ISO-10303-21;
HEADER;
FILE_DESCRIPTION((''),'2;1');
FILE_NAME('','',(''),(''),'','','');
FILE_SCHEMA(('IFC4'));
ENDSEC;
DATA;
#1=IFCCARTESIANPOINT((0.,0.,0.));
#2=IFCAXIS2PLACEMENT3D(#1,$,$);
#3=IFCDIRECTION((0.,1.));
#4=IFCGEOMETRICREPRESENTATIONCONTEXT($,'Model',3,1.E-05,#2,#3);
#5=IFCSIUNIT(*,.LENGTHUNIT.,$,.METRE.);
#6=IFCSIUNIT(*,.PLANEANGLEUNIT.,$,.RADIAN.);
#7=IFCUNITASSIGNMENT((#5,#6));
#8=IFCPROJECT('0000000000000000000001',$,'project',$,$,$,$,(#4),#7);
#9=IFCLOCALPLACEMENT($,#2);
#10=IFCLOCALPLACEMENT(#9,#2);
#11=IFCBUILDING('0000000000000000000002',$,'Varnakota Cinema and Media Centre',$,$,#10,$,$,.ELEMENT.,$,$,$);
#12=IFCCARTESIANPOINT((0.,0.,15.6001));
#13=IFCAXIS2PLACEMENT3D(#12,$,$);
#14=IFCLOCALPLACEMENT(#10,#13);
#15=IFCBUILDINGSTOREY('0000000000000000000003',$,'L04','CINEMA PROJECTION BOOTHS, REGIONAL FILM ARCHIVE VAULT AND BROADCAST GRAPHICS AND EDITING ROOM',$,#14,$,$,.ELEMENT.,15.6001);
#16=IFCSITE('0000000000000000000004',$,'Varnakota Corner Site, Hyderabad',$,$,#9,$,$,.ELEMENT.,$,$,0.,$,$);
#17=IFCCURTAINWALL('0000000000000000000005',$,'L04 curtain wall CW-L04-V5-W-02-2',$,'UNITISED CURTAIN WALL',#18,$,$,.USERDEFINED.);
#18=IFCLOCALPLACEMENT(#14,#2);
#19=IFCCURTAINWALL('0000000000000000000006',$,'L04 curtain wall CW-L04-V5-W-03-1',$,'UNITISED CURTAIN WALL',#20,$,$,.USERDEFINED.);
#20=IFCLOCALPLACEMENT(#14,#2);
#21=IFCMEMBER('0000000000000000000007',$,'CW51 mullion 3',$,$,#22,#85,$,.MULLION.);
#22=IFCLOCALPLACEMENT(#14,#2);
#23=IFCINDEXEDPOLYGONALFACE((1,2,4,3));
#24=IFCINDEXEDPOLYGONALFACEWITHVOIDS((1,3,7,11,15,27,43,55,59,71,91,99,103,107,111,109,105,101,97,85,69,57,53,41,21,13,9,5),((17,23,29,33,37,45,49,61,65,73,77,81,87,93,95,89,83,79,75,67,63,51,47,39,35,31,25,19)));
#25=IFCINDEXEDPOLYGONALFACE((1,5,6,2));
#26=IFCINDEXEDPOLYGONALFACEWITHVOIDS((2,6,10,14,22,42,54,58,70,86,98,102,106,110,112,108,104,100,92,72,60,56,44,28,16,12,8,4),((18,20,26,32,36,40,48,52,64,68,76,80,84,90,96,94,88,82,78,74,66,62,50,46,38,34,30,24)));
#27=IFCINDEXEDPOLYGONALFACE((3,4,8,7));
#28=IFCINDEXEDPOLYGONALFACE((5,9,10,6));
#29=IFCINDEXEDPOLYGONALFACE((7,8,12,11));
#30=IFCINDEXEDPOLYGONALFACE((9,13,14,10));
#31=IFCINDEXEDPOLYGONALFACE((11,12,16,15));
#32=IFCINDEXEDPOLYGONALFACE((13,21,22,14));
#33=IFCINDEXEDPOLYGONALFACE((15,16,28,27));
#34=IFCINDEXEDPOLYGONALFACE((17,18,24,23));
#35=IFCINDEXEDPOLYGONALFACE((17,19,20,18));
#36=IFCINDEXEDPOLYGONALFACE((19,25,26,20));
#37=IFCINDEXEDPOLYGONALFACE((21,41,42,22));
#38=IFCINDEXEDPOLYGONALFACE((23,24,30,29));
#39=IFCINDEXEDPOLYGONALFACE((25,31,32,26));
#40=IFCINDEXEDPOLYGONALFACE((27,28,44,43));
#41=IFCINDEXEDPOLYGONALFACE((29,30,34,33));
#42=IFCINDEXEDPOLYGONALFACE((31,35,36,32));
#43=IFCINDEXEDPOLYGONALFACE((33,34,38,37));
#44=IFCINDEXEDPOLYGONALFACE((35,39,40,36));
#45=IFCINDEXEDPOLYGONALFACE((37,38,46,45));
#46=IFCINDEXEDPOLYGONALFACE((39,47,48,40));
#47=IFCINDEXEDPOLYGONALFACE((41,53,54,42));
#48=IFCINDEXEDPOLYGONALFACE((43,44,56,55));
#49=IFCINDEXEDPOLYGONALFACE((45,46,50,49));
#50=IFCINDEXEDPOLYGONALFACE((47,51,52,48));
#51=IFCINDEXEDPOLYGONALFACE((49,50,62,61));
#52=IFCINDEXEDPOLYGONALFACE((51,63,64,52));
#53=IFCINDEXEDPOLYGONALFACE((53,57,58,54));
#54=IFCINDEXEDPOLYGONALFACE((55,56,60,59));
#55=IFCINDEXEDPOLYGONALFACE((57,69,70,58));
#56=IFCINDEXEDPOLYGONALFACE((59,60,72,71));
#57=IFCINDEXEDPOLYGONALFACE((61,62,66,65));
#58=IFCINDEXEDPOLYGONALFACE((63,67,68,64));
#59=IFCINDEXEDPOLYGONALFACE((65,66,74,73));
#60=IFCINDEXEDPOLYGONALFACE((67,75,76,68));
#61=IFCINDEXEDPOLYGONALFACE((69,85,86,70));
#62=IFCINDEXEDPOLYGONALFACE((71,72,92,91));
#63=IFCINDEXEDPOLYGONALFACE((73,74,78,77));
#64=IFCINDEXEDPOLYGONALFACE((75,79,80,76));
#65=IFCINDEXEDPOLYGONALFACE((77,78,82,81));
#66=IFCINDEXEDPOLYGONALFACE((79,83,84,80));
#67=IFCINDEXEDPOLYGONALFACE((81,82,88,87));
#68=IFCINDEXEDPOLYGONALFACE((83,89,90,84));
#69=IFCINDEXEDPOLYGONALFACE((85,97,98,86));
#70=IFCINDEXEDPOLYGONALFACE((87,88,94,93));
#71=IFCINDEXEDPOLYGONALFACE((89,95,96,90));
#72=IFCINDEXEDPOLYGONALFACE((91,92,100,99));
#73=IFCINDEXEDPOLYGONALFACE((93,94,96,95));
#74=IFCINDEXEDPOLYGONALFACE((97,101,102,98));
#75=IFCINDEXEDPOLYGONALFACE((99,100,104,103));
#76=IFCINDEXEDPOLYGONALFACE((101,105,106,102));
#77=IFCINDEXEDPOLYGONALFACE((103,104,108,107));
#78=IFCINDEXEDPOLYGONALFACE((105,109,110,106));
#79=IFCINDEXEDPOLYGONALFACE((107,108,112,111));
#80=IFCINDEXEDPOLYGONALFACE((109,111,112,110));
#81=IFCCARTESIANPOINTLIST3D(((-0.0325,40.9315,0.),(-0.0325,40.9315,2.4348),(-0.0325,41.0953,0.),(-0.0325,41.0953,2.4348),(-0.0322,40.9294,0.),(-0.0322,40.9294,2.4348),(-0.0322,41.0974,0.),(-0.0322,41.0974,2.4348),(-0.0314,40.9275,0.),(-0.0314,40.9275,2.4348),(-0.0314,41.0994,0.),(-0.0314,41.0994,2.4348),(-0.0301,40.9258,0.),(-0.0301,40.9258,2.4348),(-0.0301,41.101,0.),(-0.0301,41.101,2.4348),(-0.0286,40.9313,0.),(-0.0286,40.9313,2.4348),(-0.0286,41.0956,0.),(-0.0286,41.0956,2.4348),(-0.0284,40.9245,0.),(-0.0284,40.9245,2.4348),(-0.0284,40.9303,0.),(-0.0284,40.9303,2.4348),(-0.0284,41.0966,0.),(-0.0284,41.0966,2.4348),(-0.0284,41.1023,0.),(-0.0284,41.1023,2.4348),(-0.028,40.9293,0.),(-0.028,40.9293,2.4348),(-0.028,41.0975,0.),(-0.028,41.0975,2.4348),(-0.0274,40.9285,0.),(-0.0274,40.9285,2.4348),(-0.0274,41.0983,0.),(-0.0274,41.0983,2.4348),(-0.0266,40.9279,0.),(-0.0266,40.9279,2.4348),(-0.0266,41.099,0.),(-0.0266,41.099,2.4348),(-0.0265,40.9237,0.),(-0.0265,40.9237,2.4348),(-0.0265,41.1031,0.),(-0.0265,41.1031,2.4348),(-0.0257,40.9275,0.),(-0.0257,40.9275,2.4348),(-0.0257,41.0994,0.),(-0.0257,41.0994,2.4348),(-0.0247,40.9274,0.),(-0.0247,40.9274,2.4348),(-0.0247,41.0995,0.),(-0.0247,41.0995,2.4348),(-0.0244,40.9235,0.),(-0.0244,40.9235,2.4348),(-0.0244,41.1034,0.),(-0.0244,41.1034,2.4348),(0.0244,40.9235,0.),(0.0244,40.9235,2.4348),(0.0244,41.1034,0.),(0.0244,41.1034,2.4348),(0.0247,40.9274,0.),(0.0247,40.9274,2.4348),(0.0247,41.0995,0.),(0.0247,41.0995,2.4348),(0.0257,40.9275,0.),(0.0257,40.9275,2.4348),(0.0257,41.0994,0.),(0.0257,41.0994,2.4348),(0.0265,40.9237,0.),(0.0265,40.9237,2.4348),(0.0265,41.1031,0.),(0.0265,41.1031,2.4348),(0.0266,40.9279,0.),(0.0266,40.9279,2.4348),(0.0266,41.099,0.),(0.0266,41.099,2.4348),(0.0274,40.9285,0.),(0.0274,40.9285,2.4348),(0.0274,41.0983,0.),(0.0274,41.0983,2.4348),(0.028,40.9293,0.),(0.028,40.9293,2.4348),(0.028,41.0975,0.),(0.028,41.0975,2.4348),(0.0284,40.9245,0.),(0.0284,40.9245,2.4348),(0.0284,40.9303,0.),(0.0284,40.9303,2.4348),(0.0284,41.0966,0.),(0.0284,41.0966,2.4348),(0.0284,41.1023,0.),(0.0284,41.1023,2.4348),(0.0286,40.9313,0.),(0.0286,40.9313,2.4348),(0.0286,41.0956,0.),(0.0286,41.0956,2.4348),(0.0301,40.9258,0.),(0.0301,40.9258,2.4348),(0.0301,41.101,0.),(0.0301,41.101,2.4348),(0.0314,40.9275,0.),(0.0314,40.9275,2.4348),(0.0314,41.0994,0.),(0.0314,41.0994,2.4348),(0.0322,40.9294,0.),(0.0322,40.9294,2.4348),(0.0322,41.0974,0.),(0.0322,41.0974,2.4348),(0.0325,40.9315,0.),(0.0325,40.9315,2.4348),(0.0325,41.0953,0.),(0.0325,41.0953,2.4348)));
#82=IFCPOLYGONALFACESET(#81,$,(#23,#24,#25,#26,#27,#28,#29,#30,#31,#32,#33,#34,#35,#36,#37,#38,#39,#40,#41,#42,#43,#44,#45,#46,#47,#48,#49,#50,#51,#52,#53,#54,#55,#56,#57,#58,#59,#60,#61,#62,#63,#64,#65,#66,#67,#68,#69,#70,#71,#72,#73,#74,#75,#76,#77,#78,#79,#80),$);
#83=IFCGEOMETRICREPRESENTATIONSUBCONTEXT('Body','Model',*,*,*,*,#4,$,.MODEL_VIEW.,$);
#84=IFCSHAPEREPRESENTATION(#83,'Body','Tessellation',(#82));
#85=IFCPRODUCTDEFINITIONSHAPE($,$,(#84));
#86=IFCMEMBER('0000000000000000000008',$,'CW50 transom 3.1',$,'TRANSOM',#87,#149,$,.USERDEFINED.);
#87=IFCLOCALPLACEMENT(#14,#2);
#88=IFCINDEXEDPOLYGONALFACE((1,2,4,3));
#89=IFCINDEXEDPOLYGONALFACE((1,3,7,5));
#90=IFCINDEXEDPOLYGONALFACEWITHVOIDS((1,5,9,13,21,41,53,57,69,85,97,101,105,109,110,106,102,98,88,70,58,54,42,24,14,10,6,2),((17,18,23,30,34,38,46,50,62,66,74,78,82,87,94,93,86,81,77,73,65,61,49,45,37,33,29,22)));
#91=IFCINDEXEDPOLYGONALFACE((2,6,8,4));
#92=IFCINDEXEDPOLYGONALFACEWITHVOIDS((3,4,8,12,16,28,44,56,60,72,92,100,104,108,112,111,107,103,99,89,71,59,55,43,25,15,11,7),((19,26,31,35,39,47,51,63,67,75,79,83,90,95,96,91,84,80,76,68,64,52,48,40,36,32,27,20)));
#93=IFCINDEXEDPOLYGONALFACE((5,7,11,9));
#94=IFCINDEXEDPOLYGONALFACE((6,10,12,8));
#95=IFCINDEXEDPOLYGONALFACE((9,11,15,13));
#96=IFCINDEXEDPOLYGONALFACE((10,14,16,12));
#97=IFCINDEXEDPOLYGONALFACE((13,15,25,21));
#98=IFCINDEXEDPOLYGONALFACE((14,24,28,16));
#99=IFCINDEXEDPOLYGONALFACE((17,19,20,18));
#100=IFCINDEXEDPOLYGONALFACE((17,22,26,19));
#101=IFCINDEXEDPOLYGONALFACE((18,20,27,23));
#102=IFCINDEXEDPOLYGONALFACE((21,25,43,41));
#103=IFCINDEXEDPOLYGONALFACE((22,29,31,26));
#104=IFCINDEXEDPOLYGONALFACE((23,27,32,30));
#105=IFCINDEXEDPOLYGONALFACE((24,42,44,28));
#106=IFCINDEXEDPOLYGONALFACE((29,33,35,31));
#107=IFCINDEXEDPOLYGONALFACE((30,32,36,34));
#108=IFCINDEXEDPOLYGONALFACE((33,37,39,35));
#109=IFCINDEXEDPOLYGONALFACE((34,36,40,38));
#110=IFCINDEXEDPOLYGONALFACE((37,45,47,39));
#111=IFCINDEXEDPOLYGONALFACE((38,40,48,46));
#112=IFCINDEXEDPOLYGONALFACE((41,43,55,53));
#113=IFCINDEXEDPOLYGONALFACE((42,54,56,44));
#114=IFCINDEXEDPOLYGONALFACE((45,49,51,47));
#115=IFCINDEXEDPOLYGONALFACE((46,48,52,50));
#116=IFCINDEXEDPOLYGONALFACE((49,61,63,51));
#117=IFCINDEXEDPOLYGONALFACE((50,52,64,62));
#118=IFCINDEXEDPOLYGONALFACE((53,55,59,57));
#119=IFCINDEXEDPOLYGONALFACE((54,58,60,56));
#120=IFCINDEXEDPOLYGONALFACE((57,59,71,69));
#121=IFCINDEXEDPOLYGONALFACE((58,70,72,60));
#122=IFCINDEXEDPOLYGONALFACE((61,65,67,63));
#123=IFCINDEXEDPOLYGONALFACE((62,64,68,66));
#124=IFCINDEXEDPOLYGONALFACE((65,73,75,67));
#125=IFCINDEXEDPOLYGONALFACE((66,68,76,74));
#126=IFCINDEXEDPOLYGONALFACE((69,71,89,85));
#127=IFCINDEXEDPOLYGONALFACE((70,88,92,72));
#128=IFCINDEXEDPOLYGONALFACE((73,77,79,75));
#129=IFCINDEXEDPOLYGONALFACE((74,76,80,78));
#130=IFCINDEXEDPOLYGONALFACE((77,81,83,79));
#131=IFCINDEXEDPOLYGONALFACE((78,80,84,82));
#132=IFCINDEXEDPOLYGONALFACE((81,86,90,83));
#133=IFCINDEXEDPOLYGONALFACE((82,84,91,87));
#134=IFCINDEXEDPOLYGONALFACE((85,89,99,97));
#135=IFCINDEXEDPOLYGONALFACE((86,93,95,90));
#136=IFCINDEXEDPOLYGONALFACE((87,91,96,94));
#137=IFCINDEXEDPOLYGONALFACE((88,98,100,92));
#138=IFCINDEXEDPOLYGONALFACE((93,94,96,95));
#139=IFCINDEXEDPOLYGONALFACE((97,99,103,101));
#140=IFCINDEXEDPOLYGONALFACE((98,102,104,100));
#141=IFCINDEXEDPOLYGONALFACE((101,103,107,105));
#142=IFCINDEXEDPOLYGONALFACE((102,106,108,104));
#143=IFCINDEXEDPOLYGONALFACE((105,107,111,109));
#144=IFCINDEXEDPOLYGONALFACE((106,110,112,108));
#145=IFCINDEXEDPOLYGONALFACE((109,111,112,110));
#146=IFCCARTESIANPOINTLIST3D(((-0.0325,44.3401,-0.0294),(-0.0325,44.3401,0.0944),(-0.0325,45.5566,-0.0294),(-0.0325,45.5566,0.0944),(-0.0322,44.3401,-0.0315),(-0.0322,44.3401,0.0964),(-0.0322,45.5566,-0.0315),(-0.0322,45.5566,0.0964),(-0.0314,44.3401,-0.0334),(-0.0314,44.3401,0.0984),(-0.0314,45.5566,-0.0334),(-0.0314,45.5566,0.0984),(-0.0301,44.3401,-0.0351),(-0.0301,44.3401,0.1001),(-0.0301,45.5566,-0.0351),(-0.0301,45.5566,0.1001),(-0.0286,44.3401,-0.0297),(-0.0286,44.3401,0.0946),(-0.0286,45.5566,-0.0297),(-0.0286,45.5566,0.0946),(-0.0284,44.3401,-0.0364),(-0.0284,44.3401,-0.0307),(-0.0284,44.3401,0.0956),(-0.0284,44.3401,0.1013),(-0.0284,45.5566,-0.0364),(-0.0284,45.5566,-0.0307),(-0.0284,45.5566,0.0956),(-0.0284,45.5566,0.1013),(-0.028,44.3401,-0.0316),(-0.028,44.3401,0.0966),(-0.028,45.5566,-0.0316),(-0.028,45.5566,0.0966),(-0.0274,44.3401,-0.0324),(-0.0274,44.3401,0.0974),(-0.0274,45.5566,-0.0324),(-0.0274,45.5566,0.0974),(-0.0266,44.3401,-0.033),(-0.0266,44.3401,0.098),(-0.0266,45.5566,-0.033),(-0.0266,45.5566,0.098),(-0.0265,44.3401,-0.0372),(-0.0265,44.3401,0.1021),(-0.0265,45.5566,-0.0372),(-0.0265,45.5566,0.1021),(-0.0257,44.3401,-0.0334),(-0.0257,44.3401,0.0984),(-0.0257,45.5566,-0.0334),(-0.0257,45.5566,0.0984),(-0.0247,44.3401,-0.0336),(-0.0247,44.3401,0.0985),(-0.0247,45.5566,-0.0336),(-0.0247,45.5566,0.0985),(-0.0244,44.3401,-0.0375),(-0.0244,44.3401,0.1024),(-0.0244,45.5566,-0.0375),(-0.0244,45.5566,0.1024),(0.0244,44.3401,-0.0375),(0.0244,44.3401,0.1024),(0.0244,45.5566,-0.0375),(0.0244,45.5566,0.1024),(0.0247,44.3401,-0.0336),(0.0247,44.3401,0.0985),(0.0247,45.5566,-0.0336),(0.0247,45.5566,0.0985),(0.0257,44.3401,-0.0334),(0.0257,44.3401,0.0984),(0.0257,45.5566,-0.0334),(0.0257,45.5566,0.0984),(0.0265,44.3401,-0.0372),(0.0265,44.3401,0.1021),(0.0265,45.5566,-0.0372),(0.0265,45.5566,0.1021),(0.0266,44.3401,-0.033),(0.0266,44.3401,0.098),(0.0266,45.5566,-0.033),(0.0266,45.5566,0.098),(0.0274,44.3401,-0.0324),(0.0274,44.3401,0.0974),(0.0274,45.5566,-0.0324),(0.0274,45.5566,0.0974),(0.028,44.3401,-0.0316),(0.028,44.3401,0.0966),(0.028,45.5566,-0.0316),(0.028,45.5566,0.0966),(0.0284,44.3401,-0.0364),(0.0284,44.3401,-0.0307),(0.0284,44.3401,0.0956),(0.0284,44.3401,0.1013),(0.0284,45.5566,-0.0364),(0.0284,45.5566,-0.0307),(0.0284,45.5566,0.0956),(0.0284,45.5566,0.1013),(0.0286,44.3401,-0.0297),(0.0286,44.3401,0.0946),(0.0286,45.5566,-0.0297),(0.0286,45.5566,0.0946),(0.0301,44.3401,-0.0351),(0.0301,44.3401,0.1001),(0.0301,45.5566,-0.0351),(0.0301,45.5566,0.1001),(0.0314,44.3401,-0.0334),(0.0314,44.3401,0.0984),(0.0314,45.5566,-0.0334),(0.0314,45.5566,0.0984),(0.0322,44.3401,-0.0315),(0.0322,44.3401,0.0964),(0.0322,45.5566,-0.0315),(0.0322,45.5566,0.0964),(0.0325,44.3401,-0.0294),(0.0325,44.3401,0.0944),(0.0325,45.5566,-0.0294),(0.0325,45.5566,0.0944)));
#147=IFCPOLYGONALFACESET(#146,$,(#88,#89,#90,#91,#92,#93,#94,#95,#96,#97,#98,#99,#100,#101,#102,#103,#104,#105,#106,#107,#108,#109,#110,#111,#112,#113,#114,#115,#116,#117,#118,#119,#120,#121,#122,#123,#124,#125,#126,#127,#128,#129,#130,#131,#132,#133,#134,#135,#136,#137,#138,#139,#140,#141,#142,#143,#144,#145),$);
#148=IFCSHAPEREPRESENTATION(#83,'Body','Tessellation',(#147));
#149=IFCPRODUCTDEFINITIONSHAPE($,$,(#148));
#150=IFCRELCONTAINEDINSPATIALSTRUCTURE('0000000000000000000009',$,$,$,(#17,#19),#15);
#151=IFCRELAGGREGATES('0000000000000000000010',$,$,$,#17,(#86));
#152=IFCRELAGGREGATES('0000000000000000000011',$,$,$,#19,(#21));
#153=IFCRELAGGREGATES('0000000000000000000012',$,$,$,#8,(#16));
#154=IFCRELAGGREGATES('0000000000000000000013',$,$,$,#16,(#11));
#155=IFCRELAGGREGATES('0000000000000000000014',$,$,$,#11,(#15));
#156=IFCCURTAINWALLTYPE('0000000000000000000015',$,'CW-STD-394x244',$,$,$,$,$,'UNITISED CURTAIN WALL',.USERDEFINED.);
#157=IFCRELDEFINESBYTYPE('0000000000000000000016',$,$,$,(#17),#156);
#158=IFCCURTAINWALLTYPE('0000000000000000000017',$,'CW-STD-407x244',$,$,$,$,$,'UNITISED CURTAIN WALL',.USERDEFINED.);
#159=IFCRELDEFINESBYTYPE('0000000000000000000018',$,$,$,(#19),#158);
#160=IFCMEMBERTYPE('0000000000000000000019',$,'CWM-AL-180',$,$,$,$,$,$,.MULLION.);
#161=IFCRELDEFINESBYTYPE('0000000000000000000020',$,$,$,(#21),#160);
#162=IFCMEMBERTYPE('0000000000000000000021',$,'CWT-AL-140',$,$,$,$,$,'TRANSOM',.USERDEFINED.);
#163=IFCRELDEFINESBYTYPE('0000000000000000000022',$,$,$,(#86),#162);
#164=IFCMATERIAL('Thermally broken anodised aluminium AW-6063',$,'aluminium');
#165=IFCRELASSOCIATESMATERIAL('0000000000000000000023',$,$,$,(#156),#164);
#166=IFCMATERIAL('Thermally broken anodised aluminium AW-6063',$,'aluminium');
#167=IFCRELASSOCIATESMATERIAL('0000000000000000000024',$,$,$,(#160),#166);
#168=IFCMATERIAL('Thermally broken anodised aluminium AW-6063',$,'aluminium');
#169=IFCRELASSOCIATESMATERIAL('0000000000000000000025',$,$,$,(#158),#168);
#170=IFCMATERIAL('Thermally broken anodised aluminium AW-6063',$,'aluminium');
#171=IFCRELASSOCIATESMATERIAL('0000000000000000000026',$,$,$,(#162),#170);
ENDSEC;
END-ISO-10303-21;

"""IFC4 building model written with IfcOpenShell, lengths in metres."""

from ifc_helpers import new_model, si_unit, direction, frame, origin, origin_2d, place, context, subcontext, project, spatial, hollow_rectangle, extrude, material, material_profile, profile_set, type_object, element, aggregate, save


model = new_model("IFC4")

# Units and contexts
model_context = context("Model", 3, precision=1e-05, world=origin(), true_north=direction((0.0, 1.0)))
body_context = subcontext(model_context, "Body", "Model", "MODEL_VIEW")
ifc_project = project(units=[si_unit("LENGTHUNIT", "METRE"), si_unit("PLANEANGLEUNIT", "RADIAN")], contexts=[model_context])

# Site, building, storey
site_placement = place(None, origin())
site = spatial("IfcSite", under=ifc_project, at=site_placement, Name="Varnakota Corner Site, Hyderabad", CompositionType="ELEMENT", RefElevation=0.0)
building_placement = place(site_placement, origin())
building = spatial("IfcBuilding", under=site, at=building_placement, Name="Varnakota Cinema and Media Centre", CompositionType="ELEMENT")
storey_placement = place(building_placement, frame((0.0, 0.0, 15.6001)))
storey = spatial("IfcBuildingStorey", under=building, at=storey_placement, Name="L04", Description="CINEMA PROJECTION BOOTHS, REGIONAL FILM ARCHIVE VAULT AND BROADCAST GRAPHICS AND EDITING ROOM", CompositionType="ELEMENT", Elevation=15.6001)

# Curtain walls, member
ifc_material_1 = material(Name="Thermally broken anodised aluminium AW-6063", Category="aluminium")
curtain_wall_type_1 = type_object("IfcCurtainWallType", Name="CW-STD-394x244", ElementType="UNITISED CURTAIN WALL", PredefinedType="USERDEFINED", material=ifc_material_1)
curtain_wall_1_placement = place(storey_placement, origin())
curtain_wall_1 = element("IfcCurtainWall", 1, at=curtain_wall_1_placement, inside=storey, type_object=curtain_wall_type_1, Name="L04 curtain wall CW-L04-V5-W-02-2", ObjectType="UNITISED CURTAIN WALL", PredefinedType="USERDEFINED")
ifc_material_2 = material(Name="Thermally broken anodised aluminium AW-6063", Category="aluminium")
ifc_material_profile_1 = material_profile(ifc_material_2, hollow_rectangle(XDim=0.0649, YDim=0.1799, WallThickness=0.0039, InnerFilletRadius=0.0039, OuterFilletRadius=0.0081, at=origin_2d()), Name="AL-MULLION 180x65x4")
ifc_profile_set_1 = profile_set([ifc_material_profile_1], Name="Thermally broken anodised aluminium AW-6063")
member_type_1 = type_object("IfcMemberType", Name="CWM-AL-180", PredefinedType="MULLION", material=ifc_profile_set_1)
ifc_material_3 = material(Name="Thermally broken anodised aluminium AW-6063", Category="aluminium")
curtain_wall_type_2 = type_object("IfcCurtainWallType", Name="CW-STD-407x244", ElementType="UNITISED CURTAIN WALL", PredefinedType="USERDEFINED", material=ifc_material_3)
curtain_wall_2_placement = place(storey_placement, origin())
curtain_wall_2 = element("IfcCurtainWall", 2, at=curtain_wall_2_placement, inside=storey, type_object=curtain_wall_type_2, Name="L04 curtain wall CW-L04-V5-W-03-1", ObjectType="UNITISED CURTAIN WALL", PredefinedType="USERDEFINED")
member_1_placement = place(storey_placement, frame((0.0, 41.0134, 0.0), z_axis=(0.0, 0.0, 1.0), x_axis=(1.0, 0.0, 0.0)))
member_1 = element("IfcMember", 3, at=member_1_placement, type_object=member_type_1, Name="CW51 mullion 3", PredefinedType="MULLION", context=body_context, shape_type="SweptSolid", body=[
    extrude(hollow_rectangle(XDim=0.0649, YDim=0.1799, WallThickness=0.0039, InnerFilletRadius=0.0039, OuterFilletRadius=0.0081, at=origin_2d()), origin(), (0.0, 0.0, 1.0), 2.4348),
])

# Member
ifc_material_4 = material(Name="Thermally broken anodised aluminium AW-6063", Category="aluminium")
ifc_material_profile_2 = material_profile(ifc_material_4, hollow_rectangle(XDim=0.0649, YDim=0.1399, WallThickness=0.0039, InnerFilletRadius=0.0039, OuterFilletRadius=0.0081, at=origin_2d()), Name="AL-TRANSOM 140x65x4")
ifc_profile_set_2 = profile_set([ifc_material_profile_2], Name="Thermally broken anodised aluminium AW-6063")
member_type_2 = type_object("IfcMemberType", Name="CWT-AL-140", ElementType="TRANSOM", PredefinedType="USERDEFINED", material=ifc_profile_set_2)
member_2_placement = place(storey_placement, frame((0.0, 45.5566, 0.0325), z_axis=(0.0, -1.0, 0.0), x_axis=(1.0, 0.0, 0.0)))
member_2 = element("IfcMember", 4, at=member_2_placement, type_object=member_type_2, Name="CW50 transom 3.1", ObjectType="TRANSOM", PredefinedType="USERDEFINED", context=body_context, shape_type="SweptSolid", body=[
    extrude(hollow_rectangle(XDim=0.0649, YDim=0.1399, WallThickness=0.0039, InnerFilletRadius=0.0039, OuterFilletRadius=0.0081, at=origin_2d()), origin(), (0.0, 0.0, 1.0), 1.2166),
])

aggregate(curtain_wall_1, [member_2])
aggregate(curtain_wall_2, [member_1])

save(model, "model.ifc")
